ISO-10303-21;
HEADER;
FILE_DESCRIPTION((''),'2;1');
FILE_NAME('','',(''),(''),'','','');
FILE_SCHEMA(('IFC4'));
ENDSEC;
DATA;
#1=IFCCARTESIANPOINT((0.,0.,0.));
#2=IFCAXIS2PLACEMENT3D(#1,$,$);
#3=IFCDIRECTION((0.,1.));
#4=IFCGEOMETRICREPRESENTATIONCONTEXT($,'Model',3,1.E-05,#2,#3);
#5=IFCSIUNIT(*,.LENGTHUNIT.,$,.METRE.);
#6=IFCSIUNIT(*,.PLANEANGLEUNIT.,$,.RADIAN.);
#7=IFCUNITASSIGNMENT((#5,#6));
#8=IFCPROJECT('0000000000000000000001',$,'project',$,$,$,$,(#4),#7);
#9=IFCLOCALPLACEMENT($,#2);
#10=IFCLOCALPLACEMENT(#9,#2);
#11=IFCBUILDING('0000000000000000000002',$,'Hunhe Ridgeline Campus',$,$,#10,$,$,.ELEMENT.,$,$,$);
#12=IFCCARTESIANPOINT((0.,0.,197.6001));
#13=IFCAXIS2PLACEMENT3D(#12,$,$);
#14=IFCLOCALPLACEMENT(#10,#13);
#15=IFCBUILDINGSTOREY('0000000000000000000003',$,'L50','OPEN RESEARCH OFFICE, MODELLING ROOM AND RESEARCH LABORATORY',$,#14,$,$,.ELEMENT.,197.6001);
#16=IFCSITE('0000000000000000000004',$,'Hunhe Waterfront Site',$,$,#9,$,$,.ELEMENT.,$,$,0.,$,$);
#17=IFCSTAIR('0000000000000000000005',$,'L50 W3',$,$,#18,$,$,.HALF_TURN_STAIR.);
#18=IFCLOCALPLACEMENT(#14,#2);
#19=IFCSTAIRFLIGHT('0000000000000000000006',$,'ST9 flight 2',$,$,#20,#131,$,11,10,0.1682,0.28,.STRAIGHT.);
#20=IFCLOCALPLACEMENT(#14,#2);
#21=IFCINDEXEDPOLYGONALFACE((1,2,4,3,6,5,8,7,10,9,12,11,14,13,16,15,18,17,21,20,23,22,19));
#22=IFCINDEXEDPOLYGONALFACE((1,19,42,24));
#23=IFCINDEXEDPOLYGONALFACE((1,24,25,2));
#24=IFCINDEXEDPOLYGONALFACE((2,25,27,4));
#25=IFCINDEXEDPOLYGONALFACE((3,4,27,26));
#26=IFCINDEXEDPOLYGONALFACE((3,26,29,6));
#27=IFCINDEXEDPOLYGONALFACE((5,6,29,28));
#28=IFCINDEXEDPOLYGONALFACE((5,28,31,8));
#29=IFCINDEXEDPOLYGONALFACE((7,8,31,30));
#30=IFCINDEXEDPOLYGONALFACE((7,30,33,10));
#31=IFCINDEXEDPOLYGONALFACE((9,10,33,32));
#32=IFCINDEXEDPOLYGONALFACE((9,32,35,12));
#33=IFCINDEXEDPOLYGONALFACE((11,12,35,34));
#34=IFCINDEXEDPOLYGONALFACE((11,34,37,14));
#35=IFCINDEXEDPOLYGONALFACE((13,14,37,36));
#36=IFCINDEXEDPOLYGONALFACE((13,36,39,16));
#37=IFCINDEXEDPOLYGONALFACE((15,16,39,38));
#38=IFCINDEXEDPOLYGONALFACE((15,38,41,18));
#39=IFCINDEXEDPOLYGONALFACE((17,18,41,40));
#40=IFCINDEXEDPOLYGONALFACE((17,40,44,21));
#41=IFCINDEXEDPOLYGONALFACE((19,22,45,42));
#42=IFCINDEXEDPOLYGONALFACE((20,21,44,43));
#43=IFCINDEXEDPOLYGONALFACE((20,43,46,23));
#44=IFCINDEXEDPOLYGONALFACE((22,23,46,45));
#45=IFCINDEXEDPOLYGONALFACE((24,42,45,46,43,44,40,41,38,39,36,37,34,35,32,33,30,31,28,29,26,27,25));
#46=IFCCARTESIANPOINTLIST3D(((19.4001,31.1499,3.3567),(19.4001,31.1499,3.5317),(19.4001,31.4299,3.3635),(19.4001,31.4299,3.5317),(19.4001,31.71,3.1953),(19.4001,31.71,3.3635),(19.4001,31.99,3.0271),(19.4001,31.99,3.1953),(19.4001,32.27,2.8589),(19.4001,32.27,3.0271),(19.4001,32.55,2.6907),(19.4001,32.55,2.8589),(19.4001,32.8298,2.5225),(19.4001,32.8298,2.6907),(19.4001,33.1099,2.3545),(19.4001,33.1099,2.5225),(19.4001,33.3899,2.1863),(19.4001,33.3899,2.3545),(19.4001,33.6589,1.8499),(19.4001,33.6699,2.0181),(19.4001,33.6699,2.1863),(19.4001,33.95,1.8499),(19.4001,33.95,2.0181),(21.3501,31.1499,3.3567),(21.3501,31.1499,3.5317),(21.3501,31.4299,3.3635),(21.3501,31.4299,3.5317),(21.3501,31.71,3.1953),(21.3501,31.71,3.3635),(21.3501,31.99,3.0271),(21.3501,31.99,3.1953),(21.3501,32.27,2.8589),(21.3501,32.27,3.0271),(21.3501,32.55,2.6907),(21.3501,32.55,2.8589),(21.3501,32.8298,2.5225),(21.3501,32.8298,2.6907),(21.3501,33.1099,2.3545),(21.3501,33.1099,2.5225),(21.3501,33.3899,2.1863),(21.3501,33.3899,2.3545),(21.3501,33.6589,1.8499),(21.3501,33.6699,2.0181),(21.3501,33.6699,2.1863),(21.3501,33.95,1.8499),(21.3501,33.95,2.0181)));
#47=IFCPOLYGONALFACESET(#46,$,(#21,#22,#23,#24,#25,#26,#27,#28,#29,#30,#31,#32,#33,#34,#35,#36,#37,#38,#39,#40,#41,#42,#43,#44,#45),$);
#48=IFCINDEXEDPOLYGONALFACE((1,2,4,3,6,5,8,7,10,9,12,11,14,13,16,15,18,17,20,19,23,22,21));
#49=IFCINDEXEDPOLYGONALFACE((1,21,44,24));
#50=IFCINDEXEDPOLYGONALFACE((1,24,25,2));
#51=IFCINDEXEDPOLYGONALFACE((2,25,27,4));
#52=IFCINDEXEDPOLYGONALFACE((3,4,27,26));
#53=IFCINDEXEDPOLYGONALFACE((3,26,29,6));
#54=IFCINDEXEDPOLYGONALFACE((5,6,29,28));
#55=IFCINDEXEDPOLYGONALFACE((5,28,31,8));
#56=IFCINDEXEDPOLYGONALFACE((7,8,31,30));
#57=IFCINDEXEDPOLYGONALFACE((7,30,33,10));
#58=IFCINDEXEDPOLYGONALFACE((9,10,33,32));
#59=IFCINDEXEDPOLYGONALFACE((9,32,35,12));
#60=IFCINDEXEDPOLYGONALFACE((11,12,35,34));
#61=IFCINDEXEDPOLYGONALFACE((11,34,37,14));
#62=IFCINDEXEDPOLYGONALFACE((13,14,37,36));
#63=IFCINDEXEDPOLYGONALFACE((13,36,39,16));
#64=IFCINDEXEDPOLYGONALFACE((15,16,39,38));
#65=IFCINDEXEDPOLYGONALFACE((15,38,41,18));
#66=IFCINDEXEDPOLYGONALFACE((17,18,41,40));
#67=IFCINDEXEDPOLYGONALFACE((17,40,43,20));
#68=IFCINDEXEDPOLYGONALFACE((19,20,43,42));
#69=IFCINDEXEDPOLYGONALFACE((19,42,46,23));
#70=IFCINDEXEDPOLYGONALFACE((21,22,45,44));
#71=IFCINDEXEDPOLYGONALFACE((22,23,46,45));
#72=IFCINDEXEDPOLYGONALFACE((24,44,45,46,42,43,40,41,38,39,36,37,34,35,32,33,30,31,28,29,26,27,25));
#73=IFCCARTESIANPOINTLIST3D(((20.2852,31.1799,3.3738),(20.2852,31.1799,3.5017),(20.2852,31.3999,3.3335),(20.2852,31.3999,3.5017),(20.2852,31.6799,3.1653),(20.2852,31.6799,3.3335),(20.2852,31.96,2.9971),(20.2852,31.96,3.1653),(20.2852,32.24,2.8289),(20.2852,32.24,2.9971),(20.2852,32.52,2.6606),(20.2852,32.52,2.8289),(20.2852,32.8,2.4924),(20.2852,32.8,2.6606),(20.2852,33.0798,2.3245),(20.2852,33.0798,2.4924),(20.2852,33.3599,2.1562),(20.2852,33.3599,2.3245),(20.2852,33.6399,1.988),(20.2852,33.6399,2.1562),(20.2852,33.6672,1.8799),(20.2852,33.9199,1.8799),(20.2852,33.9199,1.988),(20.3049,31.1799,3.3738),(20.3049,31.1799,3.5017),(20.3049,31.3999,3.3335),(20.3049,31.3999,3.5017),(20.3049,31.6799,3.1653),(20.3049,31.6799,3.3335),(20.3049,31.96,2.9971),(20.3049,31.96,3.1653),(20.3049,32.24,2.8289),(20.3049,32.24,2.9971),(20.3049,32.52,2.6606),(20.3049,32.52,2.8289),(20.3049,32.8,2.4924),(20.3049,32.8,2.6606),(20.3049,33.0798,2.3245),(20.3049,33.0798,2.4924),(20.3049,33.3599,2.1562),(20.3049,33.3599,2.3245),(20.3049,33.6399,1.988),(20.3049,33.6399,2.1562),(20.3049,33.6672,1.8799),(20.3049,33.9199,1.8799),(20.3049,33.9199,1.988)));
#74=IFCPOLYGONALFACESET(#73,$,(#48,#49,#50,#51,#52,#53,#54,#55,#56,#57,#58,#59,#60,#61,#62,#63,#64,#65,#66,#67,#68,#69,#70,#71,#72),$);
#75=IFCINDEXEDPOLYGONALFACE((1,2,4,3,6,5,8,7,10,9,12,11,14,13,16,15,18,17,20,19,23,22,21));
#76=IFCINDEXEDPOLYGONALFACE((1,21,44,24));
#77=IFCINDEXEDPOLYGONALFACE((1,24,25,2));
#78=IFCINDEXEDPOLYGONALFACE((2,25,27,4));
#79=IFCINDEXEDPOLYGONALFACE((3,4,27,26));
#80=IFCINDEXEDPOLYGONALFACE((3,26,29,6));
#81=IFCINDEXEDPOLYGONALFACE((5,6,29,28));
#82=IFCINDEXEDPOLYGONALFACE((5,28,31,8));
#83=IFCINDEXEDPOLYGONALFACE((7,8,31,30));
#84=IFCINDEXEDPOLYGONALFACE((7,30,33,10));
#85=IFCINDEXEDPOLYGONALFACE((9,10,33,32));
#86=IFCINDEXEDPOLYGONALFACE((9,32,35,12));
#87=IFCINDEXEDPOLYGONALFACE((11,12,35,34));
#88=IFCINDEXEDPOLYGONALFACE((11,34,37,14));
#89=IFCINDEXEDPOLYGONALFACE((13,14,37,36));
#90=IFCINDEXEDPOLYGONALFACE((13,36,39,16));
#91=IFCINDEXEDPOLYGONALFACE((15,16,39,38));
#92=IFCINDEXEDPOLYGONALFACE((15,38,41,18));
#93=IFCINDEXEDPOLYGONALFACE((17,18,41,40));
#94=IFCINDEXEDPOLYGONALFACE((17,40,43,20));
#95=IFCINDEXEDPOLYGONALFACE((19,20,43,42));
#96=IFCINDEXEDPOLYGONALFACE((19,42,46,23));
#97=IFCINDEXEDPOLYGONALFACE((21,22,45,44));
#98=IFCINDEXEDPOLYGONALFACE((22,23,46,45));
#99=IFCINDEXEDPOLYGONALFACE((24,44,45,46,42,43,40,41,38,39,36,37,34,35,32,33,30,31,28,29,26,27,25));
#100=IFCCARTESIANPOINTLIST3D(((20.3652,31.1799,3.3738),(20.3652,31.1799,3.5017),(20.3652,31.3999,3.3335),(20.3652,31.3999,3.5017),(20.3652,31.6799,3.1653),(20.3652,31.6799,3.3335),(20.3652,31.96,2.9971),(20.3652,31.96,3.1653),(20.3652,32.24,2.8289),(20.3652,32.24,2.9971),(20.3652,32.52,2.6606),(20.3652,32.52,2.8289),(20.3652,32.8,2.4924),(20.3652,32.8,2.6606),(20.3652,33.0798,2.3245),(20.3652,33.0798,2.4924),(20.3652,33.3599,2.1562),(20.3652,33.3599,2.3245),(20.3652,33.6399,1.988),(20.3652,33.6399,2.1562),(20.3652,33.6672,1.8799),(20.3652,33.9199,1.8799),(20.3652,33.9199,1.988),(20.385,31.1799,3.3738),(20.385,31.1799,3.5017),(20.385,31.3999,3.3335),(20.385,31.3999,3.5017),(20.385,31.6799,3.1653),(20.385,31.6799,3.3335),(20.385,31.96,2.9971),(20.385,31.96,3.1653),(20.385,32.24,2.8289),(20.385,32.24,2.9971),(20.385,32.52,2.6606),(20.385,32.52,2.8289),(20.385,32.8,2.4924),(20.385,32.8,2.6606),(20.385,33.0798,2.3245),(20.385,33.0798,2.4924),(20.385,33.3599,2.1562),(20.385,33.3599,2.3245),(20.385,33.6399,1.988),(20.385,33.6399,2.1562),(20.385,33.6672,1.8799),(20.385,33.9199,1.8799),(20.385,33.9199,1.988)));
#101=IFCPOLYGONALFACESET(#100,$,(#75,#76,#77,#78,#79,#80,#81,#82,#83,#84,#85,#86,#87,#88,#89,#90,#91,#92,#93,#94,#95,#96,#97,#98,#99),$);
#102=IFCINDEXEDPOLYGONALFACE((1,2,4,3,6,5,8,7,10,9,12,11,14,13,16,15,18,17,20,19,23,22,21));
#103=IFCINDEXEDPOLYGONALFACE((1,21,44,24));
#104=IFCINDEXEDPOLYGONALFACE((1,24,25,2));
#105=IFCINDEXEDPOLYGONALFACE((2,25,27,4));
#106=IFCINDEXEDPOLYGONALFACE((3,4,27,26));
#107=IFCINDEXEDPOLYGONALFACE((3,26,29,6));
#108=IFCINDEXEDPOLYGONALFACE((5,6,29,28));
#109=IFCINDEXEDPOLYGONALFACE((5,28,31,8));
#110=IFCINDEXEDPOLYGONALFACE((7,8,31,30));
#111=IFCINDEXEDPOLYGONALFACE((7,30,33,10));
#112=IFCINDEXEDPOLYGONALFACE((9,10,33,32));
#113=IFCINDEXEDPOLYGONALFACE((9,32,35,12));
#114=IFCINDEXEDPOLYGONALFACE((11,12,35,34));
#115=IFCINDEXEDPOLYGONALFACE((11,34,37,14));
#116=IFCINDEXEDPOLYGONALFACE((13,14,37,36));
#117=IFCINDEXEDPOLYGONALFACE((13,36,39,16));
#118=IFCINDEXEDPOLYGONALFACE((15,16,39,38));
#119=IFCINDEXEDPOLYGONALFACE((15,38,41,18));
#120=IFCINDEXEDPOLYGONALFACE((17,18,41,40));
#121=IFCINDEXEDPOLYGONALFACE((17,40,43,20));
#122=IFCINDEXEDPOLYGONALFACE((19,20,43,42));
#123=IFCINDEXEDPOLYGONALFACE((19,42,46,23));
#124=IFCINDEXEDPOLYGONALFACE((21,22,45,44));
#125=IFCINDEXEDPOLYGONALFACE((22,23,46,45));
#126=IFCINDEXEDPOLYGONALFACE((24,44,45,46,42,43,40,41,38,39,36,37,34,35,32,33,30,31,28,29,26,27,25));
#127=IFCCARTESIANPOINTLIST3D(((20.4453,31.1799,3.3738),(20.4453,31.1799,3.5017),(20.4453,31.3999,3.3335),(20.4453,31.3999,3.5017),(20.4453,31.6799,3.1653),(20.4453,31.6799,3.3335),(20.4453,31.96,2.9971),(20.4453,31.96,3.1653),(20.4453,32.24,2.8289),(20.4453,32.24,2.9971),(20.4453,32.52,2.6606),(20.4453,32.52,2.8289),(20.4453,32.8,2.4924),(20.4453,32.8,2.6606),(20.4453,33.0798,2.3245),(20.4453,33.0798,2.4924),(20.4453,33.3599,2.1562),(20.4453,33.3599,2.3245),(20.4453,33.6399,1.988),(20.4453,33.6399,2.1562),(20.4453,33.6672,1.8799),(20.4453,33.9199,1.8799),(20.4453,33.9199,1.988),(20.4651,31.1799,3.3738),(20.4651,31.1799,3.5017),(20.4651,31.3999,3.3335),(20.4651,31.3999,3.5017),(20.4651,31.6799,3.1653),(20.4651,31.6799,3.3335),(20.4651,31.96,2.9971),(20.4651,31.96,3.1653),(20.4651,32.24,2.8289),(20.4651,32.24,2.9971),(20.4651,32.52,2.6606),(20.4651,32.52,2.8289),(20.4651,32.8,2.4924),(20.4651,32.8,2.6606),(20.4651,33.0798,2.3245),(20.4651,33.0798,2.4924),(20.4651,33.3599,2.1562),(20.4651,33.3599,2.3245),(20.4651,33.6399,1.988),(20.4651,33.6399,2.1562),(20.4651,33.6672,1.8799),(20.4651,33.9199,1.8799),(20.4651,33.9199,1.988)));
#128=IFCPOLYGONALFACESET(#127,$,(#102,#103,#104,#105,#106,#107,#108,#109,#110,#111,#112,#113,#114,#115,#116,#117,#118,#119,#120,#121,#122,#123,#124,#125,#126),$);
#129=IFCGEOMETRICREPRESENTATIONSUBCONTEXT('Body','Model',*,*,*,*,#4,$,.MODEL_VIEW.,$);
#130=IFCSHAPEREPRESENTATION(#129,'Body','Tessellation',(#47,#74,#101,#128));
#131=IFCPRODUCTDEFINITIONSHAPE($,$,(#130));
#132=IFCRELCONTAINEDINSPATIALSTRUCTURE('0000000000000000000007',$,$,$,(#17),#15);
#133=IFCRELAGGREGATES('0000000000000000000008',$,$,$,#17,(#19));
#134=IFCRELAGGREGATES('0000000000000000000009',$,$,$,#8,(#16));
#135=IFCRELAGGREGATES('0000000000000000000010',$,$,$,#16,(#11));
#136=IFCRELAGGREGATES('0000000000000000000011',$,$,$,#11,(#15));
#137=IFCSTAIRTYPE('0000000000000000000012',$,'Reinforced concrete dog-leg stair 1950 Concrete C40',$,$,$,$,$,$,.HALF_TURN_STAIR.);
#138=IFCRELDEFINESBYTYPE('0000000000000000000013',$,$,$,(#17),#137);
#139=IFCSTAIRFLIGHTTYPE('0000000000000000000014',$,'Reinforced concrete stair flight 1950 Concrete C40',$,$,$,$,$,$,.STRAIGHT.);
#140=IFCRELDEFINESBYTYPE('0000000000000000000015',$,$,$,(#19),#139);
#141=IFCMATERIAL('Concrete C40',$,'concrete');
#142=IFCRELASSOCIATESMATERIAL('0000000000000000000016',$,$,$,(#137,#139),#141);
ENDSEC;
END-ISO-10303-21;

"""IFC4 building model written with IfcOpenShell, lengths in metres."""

from ifc_helpers import new_model, si_unit, direction, frame, origin, place, context, subcontext, project, spatial, polyline, outline, extrude, material, type_object, element, aggregate, save


model = new_model("IFC4")

# Units and contexts
model_context = context("Model", 3, precision=1e-05, world=origin(), true_north=direction((0.0, 1.0)))
body_context = subcontext(model_context, "Body", "Model", "MODEL_VIEW")
ifc_project = project(units=[si_unit("LENGTHUNIT", "METRE"), si_unit("PLANEANGLEUNIT", "RADIAN")], contexts=[model_context])

# Site, building, storey
site_placement = place(None, origin())
site = spatial("IfcSite", under=ifc_project, at=site_placement, Name="Hunhe Waterfront Site", CompositionType="ELEMENT", RefElevation=0.0)
building_placement = place(site_placement, origin())
building = spatial("IfcBuilding", under=site, at=building_placement, Name="Hunhe Ridgeline Campus", CompositionType="ELEMENT")
storey_placement = place(building_placement, frame((0.0, 0.0, 197.6001)))
storey = spatial("IfcBuildingStorey", under=building, at=storey_placement, Name="L50", Description="OPEN RESEARCH OFFICE, MODELLING ROOM AND RESEARCH LABORATORY", CompositionType="ELEMENT", Elevation=197.6001)

# Stair, stair flight
ifc_material_1 = material(Name="Concrete C40", Category="concrete")
stair_type = type_object("IfcStairType", Name="Reinforced concrete dog-leg stair 1950 Concrete C40", PredefinedType="HALF_TURN_STAIR", material=ifc_material_1)
stair_placement = place(storey_placement, origin())
stair = element("IfcStair", 1, at=stair_placement, inside=storey, type_object=stair_type, Name="L50 W3", PredefinedType="HALF_TURN_STAIR")
stair_flight_type = type_object("IfcStairFlightType", Name="Reinforced concrete stair flight 1950 Concrete C40", PredefinedType="STRAIGHT", material=ifc_material_1)
stair_flight_1_placement = place(storey_placement, frame((20.375, 33.95, 1.8499), z_axis=(0.0, 0.0, 1.0), x_axis=(0.0, -1.0, 0.0)))
stair_flight_1 = element("IfcStairFlight", 2, at=stair_flight_1_placement, type_object=stair_flight_type, Name="ST9 flight 2", NumberOfRisers=11, NumberOfTreads=10, PredefinedType="STRAIGHT", RiserHeight=0.1682, TreadLength=0.28, context=body_context, shape_type="SweptSolid", body=[
    extrude(outline(polyline([(0.0, 0.0), (0.0, 0.1682), (0.28, 0.1682), (0.28, 0.3364), (0.5601, 0.3364), (0.5601, 0.5046), (0.8401, 0.5046), (0.8401, 0.6726), (1.1201, 0.6726), (1.1201, 0.8408), (1.3999, 0.8408), (1.3999, 1.009), (1.6799, 1.009), (1.6799, 1.1772), (1.96, 1.1772), (1.96, 1.3455), (2.24, 1.3455), (2.24, 1.5137), (2.52, 1.5137), (2.52, 1.6819), (2.8, 1.6819), (2.8, 1.8501), (2.8, 1.5068), (0.291, 0.0), (0.0, 0.0)])), frame((0.0, 0.9751, 0.0), z_axis=(0.0, -1.0, 0.0), x_axis=(1.0, 0.0, 0.0)), (0.0, 0.0, 1.0), 1.95),
    extrude(outline(polyline([(0.03, 0.03), (0.03, 0.1382), (0.3101, 0.1382), (0.3101, 0.3064), (0.5901, 0.3064), (0.5901, 0.4746), (0.8701, 0.4746), (0.8701, 0.6426), (1.1499, 0.6426), (1.1499, 0.8108), (1.4299, 0.8108), (1.4299, 0.979), (1.71, 0.979), (1.71, 1.1472), (1.99, 1.1472), (1.99, 1.3154), (2.27, 1.3154), (2.27, 1.4836), (2.55, 1.4836), (2.55, 1.6519), (2.77, 1.6519), (2.77, 1.5239), (0.2827, 0.03), (0.03, 0.03)])), frame((0.0, -0.0701, 0.0), z_axis=(0.0, -1.0, 0.0), x_axis=(1.0, 0.0, 0.0)), (0.0, 0.0, 1.0), 0.0198),
    extrude(outline(polyline([(0.03, 0.03), (0.03, 0.1382), (0.3101, 0.1382), (0.3101, 0.3064), (0.5901, 0.3064), (0.5901, 0.4746), (0.8701, 0.4746), (0.8701, 0.6426), (1.1499, 0.6426), (1.1499, 0.8108), (1.4299, 0.8108), (1.4299, 0.979), (1.71, 0.979), (1.71, 1.1472), (1.99, 1.1472), (1.99, 1.3154), (2.27, 1.3154), (2.27, 1.4836), (2.55, 1.4836), (2.55, 1.6519), (2.77, 1.6519), (2.77, 1.5239), (0.2827, 0.03), (0.03, 0.03)])), frame((0.0, 0.01, 0.0), z_axis=(0.0, -1.0, 0.0), x_axis=(1.0, 0.0, 0.0)), (0.0, 0.0, 1.0), 0.0198),
    extrude(outline(polyline([(0.03, 0.03), (0.03, 0.1382), (0.3101, 0.1382), (0.3101, 0.3064), (0.5901, 0.3064), (0.5901, 0.4746), (0.8701, 0.4746), (0.8701, 0.6426), (1.1499, 0.6426), (1.1499, 0.8108), (1.4299, 0.8108), (1.4299, 0.979), (1.71, 0.979), (1.71, 1.1472), (1.99, 1.1472), (1.99, 1.3154), (2.27, 1.3154), (2.27, 1.4836), (2.55, 1.4836), (2.55, 1.6519), (2.77, 1.6519), (2.77, 1.5239), (0.2827, 0.03), (0.03, 0.03)])), frame((0.0, 0.0901, 0.0), z_axis=(0.0, -1.0, 0.0), x_axis=(1.0, 0.0, 0.0)), (0.0, 0.0, 1.0), 0.0198),
])
aggregate(stair, [stair_flight_1])

save(model, "model.ifc")
